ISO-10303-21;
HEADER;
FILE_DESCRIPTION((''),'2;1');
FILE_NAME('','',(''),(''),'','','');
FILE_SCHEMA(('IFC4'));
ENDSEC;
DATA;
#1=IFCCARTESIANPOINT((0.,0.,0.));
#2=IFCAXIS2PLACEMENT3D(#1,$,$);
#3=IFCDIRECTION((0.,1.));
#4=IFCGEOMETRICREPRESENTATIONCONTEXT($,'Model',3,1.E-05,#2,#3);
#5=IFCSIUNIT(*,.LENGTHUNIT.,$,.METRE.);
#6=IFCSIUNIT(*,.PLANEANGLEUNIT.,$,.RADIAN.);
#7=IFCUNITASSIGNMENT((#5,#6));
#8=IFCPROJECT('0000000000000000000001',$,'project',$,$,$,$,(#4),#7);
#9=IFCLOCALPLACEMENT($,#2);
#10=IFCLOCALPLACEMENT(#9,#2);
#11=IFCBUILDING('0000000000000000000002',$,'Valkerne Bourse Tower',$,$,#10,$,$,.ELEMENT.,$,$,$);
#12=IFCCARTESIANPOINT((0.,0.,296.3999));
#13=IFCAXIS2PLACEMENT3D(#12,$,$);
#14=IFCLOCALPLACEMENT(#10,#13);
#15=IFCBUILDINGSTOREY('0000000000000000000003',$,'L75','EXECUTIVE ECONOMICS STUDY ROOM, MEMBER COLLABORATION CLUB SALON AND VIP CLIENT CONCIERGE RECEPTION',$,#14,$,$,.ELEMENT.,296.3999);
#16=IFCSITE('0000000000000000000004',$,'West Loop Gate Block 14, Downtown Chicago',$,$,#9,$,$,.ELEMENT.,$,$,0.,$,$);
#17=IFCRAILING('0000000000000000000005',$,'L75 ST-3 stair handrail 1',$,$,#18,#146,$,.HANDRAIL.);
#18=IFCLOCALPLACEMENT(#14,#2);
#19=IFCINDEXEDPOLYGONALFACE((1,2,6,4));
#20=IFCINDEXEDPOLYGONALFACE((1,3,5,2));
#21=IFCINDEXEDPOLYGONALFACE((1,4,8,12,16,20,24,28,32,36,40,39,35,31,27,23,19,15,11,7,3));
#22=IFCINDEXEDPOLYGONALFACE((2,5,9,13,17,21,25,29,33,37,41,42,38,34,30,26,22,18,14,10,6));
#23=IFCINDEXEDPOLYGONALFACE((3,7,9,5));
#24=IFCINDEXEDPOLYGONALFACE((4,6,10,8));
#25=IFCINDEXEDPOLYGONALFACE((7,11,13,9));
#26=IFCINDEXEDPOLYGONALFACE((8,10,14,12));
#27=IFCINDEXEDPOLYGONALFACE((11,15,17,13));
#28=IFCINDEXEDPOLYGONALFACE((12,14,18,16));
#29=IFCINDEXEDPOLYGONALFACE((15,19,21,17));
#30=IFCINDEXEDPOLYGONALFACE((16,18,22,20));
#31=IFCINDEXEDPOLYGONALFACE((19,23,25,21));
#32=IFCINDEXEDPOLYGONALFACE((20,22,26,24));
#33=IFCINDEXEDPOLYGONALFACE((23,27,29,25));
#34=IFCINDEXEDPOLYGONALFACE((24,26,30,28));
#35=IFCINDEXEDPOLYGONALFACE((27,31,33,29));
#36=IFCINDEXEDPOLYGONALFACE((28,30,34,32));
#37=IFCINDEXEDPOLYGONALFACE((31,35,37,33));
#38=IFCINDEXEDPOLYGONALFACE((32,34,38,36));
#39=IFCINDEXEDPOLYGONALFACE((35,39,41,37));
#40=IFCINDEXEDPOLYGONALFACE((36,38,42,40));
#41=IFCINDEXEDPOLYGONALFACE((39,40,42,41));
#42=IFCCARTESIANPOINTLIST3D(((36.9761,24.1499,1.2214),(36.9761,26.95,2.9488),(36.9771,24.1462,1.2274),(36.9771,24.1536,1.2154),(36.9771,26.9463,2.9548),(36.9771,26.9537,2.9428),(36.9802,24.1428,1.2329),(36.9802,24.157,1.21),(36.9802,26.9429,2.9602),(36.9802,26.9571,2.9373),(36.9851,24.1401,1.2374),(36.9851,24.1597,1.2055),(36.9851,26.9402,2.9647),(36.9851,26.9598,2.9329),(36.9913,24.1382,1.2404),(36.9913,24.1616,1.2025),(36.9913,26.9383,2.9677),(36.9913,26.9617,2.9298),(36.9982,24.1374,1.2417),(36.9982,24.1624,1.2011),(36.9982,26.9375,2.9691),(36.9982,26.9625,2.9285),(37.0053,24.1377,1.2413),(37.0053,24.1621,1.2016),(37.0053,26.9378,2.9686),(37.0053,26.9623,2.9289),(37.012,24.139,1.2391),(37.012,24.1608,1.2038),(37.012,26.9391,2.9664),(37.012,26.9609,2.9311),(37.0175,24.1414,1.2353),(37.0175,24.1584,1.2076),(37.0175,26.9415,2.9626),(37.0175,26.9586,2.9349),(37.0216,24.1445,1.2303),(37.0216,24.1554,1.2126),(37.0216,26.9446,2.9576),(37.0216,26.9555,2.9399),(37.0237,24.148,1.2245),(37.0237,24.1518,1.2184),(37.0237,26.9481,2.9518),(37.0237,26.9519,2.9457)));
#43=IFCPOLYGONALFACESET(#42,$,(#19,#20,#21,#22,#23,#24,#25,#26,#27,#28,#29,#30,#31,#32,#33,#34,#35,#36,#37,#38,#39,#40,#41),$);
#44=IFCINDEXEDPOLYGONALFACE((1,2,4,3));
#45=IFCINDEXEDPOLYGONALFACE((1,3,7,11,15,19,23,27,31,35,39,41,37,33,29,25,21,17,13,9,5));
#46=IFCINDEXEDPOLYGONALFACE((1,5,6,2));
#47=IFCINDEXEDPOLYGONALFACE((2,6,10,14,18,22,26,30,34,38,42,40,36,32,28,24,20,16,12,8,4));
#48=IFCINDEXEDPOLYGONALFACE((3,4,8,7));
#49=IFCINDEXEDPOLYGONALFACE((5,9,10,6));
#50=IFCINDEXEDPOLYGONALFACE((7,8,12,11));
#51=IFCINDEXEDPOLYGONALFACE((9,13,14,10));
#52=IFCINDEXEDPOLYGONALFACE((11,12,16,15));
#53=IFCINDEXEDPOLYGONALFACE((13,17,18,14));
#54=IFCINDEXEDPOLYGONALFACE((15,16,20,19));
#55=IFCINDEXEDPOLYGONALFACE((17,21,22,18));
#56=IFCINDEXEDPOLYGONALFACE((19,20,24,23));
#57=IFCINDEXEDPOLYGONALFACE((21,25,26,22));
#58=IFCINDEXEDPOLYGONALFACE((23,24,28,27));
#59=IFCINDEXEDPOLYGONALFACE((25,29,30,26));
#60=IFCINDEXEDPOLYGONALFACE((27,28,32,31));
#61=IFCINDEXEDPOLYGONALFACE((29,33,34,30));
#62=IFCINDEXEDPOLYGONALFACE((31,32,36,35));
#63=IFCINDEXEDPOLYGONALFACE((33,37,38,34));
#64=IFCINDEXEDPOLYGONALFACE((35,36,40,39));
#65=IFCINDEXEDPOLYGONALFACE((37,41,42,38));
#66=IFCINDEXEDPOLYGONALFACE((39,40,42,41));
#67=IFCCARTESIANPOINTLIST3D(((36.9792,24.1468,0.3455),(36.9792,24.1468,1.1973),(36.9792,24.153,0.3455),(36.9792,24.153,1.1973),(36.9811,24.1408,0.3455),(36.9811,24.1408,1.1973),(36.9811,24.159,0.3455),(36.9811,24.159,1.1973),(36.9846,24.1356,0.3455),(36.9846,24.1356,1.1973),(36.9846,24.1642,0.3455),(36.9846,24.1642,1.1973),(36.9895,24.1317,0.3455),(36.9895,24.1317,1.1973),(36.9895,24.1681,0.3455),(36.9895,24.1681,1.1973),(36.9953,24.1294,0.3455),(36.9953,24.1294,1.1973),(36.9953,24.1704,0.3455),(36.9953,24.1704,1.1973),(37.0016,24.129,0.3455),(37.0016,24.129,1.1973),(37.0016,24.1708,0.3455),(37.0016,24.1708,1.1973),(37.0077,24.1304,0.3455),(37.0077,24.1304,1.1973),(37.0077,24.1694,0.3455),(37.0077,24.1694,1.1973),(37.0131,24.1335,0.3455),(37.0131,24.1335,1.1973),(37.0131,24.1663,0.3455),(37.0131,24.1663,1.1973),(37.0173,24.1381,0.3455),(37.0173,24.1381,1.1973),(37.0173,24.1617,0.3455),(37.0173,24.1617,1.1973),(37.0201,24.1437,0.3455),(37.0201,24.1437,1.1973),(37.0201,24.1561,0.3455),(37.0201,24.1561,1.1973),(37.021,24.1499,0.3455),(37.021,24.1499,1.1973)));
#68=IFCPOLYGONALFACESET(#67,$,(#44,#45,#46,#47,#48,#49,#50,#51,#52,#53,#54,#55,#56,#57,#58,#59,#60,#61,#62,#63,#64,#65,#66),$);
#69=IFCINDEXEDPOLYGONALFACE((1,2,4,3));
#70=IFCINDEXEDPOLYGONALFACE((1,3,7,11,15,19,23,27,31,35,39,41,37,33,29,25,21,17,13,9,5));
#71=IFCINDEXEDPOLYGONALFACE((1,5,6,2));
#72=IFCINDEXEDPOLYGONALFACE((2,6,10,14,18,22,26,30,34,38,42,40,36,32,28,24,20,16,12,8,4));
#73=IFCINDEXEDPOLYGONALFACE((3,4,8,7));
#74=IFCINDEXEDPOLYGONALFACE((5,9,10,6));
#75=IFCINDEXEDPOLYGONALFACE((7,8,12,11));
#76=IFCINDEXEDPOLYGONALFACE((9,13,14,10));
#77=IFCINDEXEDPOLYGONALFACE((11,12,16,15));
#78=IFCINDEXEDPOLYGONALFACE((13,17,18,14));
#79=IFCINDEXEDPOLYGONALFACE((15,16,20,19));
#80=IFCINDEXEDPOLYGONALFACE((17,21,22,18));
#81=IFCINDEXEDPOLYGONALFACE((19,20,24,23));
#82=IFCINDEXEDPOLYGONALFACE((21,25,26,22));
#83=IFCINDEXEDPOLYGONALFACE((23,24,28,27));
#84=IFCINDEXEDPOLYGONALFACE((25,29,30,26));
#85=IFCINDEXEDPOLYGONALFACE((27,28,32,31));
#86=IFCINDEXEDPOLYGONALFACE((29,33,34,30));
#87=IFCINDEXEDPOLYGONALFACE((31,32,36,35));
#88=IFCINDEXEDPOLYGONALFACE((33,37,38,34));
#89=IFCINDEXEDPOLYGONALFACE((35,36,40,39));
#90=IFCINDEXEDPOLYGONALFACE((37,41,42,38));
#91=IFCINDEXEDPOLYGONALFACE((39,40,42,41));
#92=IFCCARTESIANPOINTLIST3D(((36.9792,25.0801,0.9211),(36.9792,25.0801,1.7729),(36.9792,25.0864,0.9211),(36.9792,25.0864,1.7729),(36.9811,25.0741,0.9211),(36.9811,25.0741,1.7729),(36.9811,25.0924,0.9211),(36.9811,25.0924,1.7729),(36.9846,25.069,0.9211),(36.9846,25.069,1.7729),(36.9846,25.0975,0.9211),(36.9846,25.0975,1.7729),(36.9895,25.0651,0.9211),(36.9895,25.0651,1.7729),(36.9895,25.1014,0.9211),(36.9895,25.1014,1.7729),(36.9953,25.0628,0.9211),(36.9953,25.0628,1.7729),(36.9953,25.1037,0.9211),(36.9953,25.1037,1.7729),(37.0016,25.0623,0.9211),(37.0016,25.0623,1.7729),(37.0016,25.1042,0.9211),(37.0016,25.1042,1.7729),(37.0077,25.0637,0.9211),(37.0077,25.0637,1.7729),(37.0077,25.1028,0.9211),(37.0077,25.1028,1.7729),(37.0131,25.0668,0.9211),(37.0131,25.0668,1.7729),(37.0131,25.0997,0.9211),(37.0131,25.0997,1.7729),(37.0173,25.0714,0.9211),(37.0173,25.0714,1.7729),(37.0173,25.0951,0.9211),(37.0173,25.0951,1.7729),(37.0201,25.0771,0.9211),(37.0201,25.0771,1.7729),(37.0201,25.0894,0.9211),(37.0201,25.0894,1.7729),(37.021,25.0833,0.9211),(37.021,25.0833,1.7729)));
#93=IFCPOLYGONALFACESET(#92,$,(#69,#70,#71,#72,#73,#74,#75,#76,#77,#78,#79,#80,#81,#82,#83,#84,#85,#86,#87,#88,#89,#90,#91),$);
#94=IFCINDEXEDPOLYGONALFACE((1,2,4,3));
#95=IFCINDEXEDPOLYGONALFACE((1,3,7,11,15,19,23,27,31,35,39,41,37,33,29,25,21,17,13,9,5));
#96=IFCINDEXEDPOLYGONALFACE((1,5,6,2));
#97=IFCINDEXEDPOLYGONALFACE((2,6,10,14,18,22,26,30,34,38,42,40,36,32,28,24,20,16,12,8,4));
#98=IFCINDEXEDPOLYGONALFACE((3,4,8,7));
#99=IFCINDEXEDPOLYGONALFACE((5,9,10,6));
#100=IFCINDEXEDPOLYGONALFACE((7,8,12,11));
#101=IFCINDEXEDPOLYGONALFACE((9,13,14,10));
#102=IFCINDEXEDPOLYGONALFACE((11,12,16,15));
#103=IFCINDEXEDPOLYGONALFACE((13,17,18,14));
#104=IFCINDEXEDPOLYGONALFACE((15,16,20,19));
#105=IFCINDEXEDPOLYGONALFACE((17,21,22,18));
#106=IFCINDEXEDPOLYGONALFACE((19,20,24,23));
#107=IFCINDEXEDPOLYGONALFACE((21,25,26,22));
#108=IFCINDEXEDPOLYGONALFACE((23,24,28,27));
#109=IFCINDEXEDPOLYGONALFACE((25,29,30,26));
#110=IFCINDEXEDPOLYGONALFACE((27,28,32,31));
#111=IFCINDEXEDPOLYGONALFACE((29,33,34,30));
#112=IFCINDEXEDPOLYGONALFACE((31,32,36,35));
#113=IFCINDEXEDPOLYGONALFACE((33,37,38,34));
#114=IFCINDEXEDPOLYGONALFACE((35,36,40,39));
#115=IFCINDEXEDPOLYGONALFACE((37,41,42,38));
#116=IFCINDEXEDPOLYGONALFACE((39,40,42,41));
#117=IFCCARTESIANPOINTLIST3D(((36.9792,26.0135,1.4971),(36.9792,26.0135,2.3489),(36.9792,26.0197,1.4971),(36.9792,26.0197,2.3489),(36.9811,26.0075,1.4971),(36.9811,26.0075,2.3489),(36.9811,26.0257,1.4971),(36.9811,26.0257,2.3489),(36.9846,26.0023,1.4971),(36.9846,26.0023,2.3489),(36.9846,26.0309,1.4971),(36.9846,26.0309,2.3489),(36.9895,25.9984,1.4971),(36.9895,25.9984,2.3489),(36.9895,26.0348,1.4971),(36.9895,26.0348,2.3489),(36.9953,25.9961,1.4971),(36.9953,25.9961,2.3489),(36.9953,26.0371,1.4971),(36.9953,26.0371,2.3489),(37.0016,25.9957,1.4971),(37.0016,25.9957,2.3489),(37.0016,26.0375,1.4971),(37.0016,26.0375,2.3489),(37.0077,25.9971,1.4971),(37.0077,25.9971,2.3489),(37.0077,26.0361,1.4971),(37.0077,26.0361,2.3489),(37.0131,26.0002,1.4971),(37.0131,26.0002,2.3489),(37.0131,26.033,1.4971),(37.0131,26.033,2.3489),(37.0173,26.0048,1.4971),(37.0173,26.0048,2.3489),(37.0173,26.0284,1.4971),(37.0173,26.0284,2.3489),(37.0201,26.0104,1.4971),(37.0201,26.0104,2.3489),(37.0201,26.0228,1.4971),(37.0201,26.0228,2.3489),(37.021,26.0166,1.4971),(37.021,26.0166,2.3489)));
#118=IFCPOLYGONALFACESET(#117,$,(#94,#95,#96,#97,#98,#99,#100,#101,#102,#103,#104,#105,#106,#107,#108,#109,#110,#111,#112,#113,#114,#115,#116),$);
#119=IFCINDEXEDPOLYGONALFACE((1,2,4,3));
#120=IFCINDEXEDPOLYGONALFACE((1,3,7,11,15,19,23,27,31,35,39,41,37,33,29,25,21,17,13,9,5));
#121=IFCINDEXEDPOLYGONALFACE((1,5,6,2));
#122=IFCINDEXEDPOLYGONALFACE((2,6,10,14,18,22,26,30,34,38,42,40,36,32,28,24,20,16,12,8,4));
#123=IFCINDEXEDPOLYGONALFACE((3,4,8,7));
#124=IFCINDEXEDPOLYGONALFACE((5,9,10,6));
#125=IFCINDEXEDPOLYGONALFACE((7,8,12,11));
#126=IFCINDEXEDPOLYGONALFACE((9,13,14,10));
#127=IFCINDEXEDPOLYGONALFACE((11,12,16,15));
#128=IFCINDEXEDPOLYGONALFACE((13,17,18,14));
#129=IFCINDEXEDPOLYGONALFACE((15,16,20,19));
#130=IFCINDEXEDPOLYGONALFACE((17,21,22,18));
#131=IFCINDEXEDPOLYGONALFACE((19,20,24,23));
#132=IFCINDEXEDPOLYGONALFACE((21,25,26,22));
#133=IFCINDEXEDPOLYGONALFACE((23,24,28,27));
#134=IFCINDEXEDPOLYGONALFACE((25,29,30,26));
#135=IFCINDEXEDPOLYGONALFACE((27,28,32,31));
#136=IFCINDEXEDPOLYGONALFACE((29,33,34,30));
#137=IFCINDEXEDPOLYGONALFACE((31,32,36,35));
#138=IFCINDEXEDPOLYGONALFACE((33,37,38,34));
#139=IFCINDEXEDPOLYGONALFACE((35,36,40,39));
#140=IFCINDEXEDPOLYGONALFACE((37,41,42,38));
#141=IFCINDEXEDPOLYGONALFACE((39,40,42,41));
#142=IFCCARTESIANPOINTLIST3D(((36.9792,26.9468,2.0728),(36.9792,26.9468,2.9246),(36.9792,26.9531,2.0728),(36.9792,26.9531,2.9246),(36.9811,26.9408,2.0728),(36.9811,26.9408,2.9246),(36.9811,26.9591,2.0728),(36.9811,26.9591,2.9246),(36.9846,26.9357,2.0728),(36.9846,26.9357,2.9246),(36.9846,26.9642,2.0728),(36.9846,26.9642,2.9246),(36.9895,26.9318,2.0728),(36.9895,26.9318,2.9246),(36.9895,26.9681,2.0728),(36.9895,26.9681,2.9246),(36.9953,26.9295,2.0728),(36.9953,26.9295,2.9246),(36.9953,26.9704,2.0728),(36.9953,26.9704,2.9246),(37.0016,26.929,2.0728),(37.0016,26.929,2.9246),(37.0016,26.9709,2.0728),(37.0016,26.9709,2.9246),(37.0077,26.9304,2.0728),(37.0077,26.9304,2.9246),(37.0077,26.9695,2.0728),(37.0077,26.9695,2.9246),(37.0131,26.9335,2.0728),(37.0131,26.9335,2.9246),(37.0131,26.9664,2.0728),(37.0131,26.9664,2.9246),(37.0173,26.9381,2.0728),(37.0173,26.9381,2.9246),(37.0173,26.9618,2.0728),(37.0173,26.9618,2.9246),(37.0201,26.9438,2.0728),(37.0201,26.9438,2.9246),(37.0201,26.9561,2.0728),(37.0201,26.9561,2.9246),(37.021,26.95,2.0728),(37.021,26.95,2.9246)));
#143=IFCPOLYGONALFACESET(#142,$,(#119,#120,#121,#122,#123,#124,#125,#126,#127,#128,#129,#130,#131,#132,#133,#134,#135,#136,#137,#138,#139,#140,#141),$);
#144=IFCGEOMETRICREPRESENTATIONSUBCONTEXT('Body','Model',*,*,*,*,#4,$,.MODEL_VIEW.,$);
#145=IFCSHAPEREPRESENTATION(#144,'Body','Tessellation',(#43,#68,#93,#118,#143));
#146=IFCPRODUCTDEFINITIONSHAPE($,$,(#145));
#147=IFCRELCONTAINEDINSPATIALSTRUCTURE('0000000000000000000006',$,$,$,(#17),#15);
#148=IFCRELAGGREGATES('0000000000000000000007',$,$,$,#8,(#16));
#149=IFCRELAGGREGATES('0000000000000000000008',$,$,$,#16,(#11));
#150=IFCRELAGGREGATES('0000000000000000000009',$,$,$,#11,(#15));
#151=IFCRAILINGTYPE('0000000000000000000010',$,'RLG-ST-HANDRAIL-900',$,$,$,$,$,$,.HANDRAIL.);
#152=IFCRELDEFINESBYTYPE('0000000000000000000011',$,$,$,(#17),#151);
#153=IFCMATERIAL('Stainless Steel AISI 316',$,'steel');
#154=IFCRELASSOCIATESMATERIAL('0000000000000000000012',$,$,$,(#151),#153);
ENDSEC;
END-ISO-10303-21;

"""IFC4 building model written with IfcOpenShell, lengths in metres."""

from ifc_helpers import new_model, si_unit, direction, frame, origin, origin_2d, place, context, subcontext, project, spatial, circle, extrude, material, type_object, element, save


model = new_model("IFC4")

# Units and contexts
model_context = context("Model", 3, precision=1e-05, world=origin(), true_north=direction((0.0, 1.0)))
body_context = subcontext(model_context, "Body", "Model", "MODEL_VIEW")
ifc_project = project(units=[si_unit("LENGTHUNIT", "METRE"), si_unit("PLANEANGLEUNIT", "RADIAN")], contexts=[model_context])

# Site, building, storey
site_placement = place(None, origin())
site = spatial("IfcSite", under=ifc_project, at=site_placement, Name="West Loop Gate Block 14, Downtown Chicago", CompositionType="ELEMENT", RefElevation=0.0)
building_placement = place(site_placement, origin())
building = spatial("IfcBuilding", under=site, at=building_placement, Name="Valkerne Bourse Tower", CompositionType="ELEMENT")
storey_placement = place(building_placement, frame((0.0, 0.0, 296.3999)))
storey = spatial("IfcBuildingStorey", under=building, at=storey_placement, Name="L75", Description="EXECUTIVE ECONOMICS STUDY ROOM, MEMBER COLLABORATION CLUB SALON AND VIP CLIENT CONCIERGE RECEPTION", CompositionType="ELEMENT", Elevation=296.3999)

# Shared definitions
ifc_material_1 = material(Name="Stainless Steel AISI 316", Category="steel")

# Railing
railing_type_1 = type_object("IfcRailingType", Name="RLG-ST-HANDRAIL-900", PredefinedType="HANDRAIL", material=ifc_material_1)
railing_1_placement = place(storey_placement, frame((37.0, 24.1499, 0.3455)))
element("IfcRailing", 1, at=railing_1_placement, inside=storey, type_object=railing_type_1, Name="L75 ST-3 stair handrail 1", PredefinedType="HANDRAIL", context=body_context, shape_type="SweptSolid", body=[
    extrude(circle(Radius=0.0239, at=origin_2d()), frame((0.0, 0.0, 0.876), z_axis=(0.0, 0.85109, 0.52502), x_axis=(-1.0, 0.0, 0.0)), (0.0, 0.0, 1.0), 3.29),
    extrude(circle(Radius=0.021, at=origin_2d()), origin(), (0.0, 0.0, 1.0), 0.8518),
    extrude(circle(Radius=0.021, at=origin_2d()), frame((0.0, 0.9333, 0.5757)), (0.0, 0.0, 1.0), 0.8518),
    extrude(circle(Radius=0.021, at=origin_2d()), frame((0.0, 1.8667, 1.1516)), (0.0, 0.0, 1.0), 0.8518),
    extrude(circle(Radius=0.021, at=origin_2d()), frame((0.0, 2.8, 1.7273)), (0.0, 0.0, 1.0), 0.8518),
])

save(model, "model.ifc")
